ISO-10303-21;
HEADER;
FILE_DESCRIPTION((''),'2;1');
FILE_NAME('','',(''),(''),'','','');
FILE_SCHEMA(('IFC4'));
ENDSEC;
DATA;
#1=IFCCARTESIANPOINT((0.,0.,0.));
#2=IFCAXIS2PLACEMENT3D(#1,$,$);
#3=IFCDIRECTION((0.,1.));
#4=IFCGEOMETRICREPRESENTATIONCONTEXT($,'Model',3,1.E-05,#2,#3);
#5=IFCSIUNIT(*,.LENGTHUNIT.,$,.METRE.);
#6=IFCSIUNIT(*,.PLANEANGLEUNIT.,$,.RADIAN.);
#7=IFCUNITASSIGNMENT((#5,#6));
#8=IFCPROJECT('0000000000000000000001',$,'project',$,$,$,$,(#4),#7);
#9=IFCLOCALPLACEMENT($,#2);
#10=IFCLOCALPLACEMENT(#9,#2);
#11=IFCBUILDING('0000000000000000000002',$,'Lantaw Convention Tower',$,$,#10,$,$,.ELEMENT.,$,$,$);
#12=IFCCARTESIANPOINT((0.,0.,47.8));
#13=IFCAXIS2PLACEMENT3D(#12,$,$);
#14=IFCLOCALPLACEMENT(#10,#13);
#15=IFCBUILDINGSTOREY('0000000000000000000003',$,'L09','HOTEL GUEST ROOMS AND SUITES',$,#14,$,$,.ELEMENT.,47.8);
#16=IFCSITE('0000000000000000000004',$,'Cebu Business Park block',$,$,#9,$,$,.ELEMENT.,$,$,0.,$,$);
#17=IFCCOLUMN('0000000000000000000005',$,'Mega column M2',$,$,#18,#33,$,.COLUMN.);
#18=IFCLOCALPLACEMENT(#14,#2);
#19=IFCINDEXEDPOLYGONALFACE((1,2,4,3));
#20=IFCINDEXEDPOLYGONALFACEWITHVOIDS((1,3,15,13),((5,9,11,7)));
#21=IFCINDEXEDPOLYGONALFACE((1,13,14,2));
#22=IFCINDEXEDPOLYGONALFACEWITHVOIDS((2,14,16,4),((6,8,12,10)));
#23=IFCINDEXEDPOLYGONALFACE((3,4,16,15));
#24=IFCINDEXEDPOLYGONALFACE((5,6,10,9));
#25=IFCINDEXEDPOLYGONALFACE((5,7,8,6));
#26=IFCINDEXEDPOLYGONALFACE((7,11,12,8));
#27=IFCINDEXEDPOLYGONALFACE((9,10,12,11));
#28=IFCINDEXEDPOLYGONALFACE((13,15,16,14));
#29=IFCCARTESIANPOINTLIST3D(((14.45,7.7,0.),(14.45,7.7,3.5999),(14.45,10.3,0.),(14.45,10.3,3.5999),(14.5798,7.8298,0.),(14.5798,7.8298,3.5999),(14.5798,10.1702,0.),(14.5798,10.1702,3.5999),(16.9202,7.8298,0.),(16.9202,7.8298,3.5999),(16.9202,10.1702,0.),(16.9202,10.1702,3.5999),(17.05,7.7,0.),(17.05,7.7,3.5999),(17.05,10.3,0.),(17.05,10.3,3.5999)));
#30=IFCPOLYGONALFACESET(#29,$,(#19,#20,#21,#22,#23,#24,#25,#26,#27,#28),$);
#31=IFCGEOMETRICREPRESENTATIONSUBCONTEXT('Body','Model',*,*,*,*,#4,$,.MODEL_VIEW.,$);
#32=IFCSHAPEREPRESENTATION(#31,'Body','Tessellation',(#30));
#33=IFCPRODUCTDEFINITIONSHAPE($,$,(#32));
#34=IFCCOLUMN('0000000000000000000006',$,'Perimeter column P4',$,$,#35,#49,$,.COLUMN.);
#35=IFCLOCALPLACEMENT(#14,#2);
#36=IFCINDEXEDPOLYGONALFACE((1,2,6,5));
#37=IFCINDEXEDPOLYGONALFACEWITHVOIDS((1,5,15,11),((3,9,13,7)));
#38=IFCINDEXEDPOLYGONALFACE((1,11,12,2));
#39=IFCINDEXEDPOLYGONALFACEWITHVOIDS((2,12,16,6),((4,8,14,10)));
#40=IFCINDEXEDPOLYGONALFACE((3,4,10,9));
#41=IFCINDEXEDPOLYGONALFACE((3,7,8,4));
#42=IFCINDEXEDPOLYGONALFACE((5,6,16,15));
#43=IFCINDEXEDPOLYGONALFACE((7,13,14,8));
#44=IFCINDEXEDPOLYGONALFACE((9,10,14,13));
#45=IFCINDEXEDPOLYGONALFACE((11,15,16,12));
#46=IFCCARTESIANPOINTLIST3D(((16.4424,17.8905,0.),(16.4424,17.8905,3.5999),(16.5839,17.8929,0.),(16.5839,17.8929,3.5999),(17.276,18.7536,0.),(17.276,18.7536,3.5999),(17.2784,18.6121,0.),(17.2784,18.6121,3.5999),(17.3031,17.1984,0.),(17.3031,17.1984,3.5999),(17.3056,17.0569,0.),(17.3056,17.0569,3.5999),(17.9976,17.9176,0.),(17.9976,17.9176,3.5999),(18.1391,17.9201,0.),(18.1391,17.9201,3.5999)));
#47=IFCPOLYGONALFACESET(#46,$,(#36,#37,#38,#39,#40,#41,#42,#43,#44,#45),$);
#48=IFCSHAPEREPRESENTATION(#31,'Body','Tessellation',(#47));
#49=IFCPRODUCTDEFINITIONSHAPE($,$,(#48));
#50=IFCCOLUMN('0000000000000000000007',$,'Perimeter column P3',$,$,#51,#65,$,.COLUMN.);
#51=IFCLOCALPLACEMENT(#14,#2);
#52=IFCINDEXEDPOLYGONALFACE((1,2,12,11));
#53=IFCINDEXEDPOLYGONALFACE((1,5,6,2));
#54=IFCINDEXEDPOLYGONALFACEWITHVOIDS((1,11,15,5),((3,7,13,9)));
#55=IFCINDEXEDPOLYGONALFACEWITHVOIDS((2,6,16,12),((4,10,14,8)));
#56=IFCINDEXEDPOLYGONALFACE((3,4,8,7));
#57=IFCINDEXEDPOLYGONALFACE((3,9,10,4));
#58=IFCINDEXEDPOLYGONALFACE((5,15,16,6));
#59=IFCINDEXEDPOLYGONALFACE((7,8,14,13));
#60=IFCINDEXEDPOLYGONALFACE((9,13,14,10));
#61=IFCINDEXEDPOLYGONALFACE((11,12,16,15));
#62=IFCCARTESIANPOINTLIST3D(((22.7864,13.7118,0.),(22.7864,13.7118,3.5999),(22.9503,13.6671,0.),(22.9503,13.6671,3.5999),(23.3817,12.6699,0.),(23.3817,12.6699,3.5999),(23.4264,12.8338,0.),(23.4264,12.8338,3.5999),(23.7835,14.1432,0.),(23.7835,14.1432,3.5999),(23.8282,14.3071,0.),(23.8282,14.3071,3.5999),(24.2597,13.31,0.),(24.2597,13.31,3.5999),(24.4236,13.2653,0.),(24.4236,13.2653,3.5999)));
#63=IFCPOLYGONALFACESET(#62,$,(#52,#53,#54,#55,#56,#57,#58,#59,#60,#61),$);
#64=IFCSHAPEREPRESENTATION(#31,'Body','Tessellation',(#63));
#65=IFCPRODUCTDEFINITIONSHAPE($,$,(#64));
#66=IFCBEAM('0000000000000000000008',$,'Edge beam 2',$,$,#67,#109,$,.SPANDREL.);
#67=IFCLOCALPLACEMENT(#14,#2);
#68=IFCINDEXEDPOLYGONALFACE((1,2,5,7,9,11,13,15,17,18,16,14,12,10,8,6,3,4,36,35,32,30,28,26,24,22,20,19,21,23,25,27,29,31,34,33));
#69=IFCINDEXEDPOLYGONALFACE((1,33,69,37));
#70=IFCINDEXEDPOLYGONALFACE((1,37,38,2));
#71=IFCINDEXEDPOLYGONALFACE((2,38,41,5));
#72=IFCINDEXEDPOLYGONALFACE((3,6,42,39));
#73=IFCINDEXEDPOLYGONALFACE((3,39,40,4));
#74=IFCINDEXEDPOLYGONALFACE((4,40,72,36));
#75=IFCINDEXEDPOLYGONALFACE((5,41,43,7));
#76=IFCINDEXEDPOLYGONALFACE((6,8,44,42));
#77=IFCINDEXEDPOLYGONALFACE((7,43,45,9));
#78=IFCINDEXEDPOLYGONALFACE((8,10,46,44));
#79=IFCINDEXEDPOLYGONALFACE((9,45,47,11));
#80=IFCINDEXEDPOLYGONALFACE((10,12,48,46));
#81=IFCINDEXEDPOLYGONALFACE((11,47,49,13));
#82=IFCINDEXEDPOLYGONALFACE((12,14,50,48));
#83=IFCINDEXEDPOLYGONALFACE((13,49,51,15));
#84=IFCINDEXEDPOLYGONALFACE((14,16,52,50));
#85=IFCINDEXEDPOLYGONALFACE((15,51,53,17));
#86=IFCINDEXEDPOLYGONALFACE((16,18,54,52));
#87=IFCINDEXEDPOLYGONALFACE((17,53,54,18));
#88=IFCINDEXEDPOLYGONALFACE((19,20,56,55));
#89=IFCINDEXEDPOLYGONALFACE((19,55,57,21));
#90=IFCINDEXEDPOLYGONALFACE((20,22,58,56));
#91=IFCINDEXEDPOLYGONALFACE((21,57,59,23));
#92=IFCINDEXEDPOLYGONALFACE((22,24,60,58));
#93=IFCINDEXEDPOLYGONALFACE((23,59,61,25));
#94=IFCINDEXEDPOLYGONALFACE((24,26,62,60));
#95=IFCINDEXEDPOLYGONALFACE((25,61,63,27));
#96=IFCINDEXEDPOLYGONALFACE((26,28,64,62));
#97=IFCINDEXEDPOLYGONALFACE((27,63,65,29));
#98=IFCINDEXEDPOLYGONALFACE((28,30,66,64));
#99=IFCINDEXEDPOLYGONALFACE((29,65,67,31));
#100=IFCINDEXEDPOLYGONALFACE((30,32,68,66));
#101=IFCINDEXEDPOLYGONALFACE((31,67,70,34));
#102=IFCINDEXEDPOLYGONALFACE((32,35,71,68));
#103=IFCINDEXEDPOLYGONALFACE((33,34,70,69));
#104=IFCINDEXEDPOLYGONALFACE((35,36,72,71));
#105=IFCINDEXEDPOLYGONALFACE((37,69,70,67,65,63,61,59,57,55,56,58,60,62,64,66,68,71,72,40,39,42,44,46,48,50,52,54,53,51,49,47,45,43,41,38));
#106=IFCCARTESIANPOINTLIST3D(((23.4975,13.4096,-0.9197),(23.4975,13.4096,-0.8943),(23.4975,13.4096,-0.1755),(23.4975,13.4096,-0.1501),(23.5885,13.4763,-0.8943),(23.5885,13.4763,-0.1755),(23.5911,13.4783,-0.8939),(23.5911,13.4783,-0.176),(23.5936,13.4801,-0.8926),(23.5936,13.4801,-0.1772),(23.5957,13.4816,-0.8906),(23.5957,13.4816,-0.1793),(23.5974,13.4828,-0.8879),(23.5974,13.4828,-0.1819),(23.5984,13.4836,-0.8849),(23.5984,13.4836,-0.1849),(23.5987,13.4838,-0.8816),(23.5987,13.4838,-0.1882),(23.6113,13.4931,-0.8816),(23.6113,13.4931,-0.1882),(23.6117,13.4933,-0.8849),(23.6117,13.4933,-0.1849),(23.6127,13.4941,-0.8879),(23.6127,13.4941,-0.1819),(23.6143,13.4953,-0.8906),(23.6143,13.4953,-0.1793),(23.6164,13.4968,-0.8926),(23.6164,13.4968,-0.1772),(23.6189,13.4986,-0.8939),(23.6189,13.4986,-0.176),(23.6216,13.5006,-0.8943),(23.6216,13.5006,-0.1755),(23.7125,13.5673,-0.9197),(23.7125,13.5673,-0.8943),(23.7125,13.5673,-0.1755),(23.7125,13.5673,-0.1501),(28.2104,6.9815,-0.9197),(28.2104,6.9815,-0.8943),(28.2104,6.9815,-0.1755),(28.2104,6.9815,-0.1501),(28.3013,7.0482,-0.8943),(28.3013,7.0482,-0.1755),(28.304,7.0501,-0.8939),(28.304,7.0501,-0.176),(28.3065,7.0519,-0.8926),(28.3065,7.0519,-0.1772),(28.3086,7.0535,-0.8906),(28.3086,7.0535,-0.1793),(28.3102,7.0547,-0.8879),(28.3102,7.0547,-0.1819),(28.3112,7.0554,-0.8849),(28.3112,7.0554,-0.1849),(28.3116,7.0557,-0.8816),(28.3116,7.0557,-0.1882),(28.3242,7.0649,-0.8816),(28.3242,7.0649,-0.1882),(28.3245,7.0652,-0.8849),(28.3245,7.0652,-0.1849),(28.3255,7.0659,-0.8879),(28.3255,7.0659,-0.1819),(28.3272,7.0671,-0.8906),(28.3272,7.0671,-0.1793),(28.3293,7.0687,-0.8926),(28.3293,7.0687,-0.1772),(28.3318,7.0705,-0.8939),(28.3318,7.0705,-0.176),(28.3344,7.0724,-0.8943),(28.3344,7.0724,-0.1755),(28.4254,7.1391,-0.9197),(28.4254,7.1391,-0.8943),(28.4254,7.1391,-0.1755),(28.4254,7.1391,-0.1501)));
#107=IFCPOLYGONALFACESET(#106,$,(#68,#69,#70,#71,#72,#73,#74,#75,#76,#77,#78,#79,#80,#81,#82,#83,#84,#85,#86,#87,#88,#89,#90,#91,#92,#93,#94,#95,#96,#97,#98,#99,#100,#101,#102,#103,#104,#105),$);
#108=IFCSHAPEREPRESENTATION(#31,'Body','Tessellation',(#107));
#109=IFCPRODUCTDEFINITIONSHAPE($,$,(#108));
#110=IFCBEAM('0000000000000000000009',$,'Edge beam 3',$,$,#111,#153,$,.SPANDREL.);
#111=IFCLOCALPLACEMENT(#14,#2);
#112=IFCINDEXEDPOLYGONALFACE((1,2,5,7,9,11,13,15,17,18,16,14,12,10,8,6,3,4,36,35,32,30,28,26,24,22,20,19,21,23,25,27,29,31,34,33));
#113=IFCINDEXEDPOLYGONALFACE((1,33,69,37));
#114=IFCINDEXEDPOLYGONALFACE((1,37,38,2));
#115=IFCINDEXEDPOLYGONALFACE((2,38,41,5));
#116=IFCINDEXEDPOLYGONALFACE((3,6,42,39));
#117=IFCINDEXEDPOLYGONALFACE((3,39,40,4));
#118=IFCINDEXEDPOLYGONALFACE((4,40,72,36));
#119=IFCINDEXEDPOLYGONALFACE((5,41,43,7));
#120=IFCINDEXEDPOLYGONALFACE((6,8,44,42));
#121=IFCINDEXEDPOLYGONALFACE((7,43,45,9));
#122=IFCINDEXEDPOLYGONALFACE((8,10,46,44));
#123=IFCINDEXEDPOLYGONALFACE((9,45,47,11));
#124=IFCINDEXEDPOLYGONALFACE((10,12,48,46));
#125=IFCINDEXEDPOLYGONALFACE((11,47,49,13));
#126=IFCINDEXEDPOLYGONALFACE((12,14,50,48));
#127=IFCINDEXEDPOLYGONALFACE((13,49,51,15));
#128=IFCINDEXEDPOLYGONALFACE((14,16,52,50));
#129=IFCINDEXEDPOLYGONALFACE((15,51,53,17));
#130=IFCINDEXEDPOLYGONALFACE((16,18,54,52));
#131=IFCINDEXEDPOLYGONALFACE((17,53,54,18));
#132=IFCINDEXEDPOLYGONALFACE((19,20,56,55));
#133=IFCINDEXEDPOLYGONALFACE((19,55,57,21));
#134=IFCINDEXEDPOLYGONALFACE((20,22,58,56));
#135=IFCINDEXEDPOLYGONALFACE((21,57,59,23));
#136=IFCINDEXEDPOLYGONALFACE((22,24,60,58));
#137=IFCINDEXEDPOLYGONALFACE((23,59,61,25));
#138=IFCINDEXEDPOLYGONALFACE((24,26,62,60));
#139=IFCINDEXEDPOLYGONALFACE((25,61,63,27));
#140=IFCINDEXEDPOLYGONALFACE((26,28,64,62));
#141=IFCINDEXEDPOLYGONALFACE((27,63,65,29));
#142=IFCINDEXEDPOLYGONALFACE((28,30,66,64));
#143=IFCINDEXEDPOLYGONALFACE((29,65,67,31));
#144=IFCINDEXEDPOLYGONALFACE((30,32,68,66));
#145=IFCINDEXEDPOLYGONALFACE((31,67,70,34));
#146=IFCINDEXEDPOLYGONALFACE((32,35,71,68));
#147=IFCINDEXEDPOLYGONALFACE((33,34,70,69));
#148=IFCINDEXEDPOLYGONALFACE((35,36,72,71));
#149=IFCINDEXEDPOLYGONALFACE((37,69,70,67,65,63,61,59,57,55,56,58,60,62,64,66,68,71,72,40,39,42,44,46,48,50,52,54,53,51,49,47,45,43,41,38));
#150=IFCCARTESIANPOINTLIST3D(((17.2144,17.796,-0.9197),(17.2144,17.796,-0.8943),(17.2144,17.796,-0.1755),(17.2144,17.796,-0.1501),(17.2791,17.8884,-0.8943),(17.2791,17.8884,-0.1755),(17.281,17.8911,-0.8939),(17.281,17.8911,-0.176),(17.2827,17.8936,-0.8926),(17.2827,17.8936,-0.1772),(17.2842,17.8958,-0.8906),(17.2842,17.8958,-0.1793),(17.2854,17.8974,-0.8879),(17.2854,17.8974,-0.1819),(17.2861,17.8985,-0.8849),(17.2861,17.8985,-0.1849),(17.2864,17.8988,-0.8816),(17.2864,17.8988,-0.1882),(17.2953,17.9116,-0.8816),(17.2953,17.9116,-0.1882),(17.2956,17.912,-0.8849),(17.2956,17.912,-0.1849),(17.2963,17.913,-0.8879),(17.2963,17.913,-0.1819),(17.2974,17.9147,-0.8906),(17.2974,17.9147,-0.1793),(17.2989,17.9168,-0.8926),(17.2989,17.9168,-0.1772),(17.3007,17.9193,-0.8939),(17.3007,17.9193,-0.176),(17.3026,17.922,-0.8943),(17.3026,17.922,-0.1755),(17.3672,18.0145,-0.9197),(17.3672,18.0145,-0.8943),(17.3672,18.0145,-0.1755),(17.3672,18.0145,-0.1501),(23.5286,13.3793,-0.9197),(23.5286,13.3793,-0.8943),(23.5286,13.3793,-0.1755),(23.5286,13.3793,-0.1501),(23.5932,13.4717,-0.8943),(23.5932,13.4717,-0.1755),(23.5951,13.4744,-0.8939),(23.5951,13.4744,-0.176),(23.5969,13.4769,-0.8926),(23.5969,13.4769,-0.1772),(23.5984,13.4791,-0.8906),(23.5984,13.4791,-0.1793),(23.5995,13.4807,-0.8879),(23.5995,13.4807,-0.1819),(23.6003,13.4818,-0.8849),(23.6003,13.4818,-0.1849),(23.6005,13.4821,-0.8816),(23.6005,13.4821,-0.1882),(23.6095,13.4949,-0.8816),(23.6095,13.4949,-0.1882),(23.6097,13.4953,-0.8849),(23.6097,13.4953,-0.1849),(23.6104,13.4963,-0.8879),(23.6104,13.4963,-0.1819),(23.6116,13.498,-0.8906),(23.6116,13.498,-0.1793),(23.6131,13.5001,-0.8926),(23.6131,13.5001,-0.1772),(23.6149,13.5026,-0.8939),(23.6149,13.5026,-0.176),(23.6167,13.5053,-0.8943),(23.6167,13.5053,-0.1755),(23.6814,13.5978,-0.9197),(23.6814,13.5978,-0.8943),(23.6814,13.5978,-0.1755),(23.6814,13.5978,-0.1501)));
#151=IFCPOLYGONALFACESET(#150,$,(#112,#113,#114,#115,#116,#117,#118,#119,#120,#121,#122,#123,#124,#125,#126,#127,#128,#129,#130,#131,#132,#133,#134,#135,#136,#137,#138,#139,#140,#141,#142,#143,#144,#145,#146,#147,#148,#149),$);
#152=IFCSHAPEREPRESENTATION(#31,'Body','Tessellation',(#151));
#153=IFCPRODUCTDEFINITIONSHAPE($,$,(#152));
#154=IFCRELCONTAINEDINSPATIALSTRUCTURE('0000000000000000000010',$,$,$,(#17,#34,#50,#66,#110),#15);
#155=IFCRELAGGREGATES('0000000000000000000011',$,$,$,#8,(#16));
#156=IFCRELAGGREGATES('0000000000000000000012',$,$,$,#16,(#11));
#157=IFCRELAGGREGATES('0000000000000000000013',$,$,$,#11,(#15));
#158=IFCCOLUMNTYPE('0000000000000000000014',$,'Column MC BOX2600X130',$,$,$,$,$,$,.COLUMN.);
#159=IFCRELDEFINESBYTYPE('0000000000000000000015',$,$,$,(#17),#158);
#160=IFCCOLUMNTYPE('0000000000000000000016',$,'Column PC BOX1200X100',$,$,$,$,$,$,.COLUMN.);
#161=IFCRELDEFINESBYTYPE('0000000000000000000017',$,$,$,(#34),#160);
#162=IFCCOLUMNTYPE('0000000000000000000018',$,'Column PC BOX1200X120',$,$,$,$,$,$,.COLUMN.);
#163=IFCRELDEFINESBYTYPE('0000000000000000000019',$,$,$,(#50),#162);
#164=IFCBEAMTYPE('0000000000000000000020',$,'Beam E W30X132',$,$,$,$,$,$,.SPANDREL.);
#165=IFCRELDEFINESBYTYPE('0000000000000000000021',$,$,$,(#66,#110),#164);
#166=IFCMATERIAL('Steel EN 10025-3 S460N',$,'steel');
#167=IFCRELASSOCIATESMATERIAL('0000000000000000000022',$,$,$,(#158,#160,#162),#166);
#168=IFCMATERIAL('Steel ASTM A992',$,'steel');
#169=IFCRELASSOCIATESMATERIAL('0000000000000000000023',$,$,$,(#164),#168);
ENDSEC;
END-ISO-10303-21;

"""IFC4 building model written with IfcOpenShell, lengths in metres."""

from ifc_helpers import new_model, si_unit, direction, frame, origin, origin_2d, place, context, subcontext, project, spatial, rectangle, hollow_rectangle, i_section, extrude, material, material_profile, profile_set, type_object, element, save


model = new_model("IFC4")

# Units and contexts
model_context = context("Model", 3, precision=1e-05, world=origin(), true_north=direction((0.0, 1.0)))
body_context = subcontext(model_context, "Body", "Model", "MODEL_VIEW")
ifc_project = project(units=[si_unit("LENGTHUNIT", "METRE"), si_unit("PLANEANGLEUNIT", "RADIAN")], contexts=[model_context])

# Site, building, storey
site_placement = place(None, origin())
site = spatial("IfcSite", under=ifc_project, at=site_placement, Name="Cebu Business Park block", CompositionType="ELEMENT", RefElevation=0.0)
building_placement = place(site_placement, origin())
building = spatial("IfcBuilding", under=site, at=building_placement, Name="Lantaw Convention Tower", CompositionType="ELEMENT")
storey_placement = place(building_placement, frame((0.0, 0.0, 47.8)))
storey = spatial("IfcBuildingStorey", under=building, at=storey_placement, Name="L09", Description="HOTEL GUEST ROOMS AND SUITES", CompositionType="ELEMENT", Elevation=47.8)

# Columns
ifc_material_1 = material(Name="Steel EN 10025-3 S460N", Category="steel")
ifc_material_profile_1 = material_profile(ifc_material_1, hollow_rectangle(XDim=2.6001, YDim=2.6001, WallThickness=0.1299, at=origin_2d()), Name="BOX2600X130")
ifc_material_2 = material(Name="Concrete C60/75", Category="concrete")
ifc_material_profile_2 = material_profile(ifc_material_2, rectangle(XDim=2.3401, YDim=2.3401, at=origin_2d()), Name="Concrete fill of BOX2600X130")
ifc_profile_set_1 = profile_set([ifc_material_profile_1, ifc_material_profile_2], Name="Steel EN 10025-3 S460N")
column_type_1 = type_object("IfcColumnType", Name="Column MC BOX2600X130", PredefinedType="COLUMN", material=ifc_profile_set_1)
column_1_placement = place(storey_placement, frame((15.75, 9.0, 0.0), z_axis=(0.0, 0.0, 1.0), x_axis=(1.0, 0.0, 0.0)))
element("IfcColumn", 1, at=column_1_placement, inside=storey, type_object=column_type_1, Name="Mega column M2", PredefinedType="COLUMN", context=body_context, shape_type="SweptSolid", body=[
    extrude(hollow_rectangle(XDim=2.6001, YDim=2.6001, WallThickness=0.1299, at=origin_2d()), origin(), (0.0, 0.0, 1.0), 3.5999),
])
ifc_material_profile_3 = material_profile(ifc_material_1, hollow_rectangle(XDim=1.2, YDim=1.2, WallThickness=0.1001, at=origin_2d()), Name="BOX1200X100")
ifc_material_profile_4 = material_profile(ifc_material_2, rectangle(XDim=1.0, YDim=1.0, at=origin_2d()), Name="Concrete fill of BOX1200X100")
ifc_profile_set_2 = profile_set([ifc_material_profile_3, ifc_material_profile_4], Name="Steel EN 10025-3 S460N")
column_type_2 = type_object("IfcColumnType", Name="Column PC BOX1200X100", PredefinedType="COLUMN", material=ifc_profile_set_2)
column_2_placement = place(storey_placement, frame((17.2908, 17.9053, 0.0), z_axis=(0.0, 0.0, 1.0), x_axis=(0.694658, 0.71934, 0.0)))
element("IfcColumn", 2, at=column_2_placement, inside=storey, type_object=column_type_2, Name="Perimeter column P4", PredefinedType="COLUMN", context=body_context, shape_type="SweptSolid", body=[
    extrude(hollow_rectangle(XDim=1.2, YDim=1.2, WallThickness=0.1001, at=origin_2d()), origin(), (0.0, 0.0, 1.0), 3.5999),
])
ifc_material_profile_5 = material_profile(ifc_material_1, hollow_rectangle(XDim=1.2, YDim=1.2, WallThickness=0.1201, at=origin_2d()), Name="BOX1200X120")
ifc_material_profile_6 = material_profile(ifc_material_2, rectangle(XDim=0.96, YDim=0.96, at=origin_2d()), Name="Concrete fill of BOX1200X120")
ifc_profile_set_3 = profile_set([ifc_material_profile_5, ifc_material_profile_6], Name="Steel EN 10025-3 S460N")
column_type_3 = type_object("IfcColumnType", Name="Column PC BOX1200X120", PredefinedType="COLUMN", material=ifc_profile_set_3)
column_3_placement = place(storey_placement, frame((23.605, 13.4885, 0.0), z_axis=(0.0, 0.0, 1.0), x_axis=(0.868243, 0.496139, 0.0)))
element("IfcColumn", 3, at=column_3_placement, inside=storey, type_object=column_type_3, Name="Perimeter column P3", PredefinedType="COLUMN", context=body_context, shape_type="SweptSolid", body=[
    extrude(hollow_rectangle(XDim=1.2, YDim=1.2, WallThickness=0.1201, at=origin_2d()), origin(), (0.0, 0.0, 1.0), 3.5999),
])

# Beams
ifc_material_3 = material(Name="Steel ASTM A992", Category="steel")
ifc_material_profile_7 = material_profile(ifc_material_3, i_section(OverallWidth=0.2666, OverallDepth=0.7695, WebThickness=0.0156, FlangeThickness=0.0254, FilletRadius=0.0127, at=origin_2d()), Name="W30X132")
ifc_profile_set_4 = profile_set([ifc_material_profile_7], Name="Steel ASTM A992")
beam_type_1 = type_object("IfcBeamType", Name="Beam E W30X132", PredefinedType="SPANDREL", material=ifc_profile_set_4)
beam_1_placement = place(storey_placement, frame((28.3179, 7.0603, -0.5349), z_axis=(-0.591271, 0.806473, 0.0), x_axis=(-0.806473, -0.591271, 0.0)))
element("IfcBeam", 4, at=beam_1_placement, inside=storey, type_object=beam_type_1, Name="Edge beam 2", PredefinedType="SPANDREL", context=body_context, shape_type="SweptSolid", body=[
    extrude(i_section(OverallWidth=0.2666, OverallDepth=0.7695, WebThickness=0.0156, FlangeThickness=0.0254, FilletRadius=0.0127, at=origin_2d()), origin(), (0.0, 0.0, 1.0), 7.9707),
])
beam_2_placement = place(storey_placement, frame((23.605, 13.4885, -0.5349), z_axis=(-0.819427, 0.573184, 0.0), x_axis=(-0.573184, -0.819427, 0.0)))
element("IfcBeam", 5, at=beam_2_placement, inside=storey, type_object=beam_type_1, Name="Edge beam 3", PredefinedType="SPANDREL", context=body_context, shape_type="SweptSolid", body=[
    extrude(i_section(OverallWidth=0.2666, OverallDepth=0.7695, WebThickness=0.0156, FlangeThickness=0.0254, FilletRadius=0.0127, at=origin_2d()), origin(), (0.0, 0.0, 1.0), 7.7056),
])

save(model, "model.ifc")
